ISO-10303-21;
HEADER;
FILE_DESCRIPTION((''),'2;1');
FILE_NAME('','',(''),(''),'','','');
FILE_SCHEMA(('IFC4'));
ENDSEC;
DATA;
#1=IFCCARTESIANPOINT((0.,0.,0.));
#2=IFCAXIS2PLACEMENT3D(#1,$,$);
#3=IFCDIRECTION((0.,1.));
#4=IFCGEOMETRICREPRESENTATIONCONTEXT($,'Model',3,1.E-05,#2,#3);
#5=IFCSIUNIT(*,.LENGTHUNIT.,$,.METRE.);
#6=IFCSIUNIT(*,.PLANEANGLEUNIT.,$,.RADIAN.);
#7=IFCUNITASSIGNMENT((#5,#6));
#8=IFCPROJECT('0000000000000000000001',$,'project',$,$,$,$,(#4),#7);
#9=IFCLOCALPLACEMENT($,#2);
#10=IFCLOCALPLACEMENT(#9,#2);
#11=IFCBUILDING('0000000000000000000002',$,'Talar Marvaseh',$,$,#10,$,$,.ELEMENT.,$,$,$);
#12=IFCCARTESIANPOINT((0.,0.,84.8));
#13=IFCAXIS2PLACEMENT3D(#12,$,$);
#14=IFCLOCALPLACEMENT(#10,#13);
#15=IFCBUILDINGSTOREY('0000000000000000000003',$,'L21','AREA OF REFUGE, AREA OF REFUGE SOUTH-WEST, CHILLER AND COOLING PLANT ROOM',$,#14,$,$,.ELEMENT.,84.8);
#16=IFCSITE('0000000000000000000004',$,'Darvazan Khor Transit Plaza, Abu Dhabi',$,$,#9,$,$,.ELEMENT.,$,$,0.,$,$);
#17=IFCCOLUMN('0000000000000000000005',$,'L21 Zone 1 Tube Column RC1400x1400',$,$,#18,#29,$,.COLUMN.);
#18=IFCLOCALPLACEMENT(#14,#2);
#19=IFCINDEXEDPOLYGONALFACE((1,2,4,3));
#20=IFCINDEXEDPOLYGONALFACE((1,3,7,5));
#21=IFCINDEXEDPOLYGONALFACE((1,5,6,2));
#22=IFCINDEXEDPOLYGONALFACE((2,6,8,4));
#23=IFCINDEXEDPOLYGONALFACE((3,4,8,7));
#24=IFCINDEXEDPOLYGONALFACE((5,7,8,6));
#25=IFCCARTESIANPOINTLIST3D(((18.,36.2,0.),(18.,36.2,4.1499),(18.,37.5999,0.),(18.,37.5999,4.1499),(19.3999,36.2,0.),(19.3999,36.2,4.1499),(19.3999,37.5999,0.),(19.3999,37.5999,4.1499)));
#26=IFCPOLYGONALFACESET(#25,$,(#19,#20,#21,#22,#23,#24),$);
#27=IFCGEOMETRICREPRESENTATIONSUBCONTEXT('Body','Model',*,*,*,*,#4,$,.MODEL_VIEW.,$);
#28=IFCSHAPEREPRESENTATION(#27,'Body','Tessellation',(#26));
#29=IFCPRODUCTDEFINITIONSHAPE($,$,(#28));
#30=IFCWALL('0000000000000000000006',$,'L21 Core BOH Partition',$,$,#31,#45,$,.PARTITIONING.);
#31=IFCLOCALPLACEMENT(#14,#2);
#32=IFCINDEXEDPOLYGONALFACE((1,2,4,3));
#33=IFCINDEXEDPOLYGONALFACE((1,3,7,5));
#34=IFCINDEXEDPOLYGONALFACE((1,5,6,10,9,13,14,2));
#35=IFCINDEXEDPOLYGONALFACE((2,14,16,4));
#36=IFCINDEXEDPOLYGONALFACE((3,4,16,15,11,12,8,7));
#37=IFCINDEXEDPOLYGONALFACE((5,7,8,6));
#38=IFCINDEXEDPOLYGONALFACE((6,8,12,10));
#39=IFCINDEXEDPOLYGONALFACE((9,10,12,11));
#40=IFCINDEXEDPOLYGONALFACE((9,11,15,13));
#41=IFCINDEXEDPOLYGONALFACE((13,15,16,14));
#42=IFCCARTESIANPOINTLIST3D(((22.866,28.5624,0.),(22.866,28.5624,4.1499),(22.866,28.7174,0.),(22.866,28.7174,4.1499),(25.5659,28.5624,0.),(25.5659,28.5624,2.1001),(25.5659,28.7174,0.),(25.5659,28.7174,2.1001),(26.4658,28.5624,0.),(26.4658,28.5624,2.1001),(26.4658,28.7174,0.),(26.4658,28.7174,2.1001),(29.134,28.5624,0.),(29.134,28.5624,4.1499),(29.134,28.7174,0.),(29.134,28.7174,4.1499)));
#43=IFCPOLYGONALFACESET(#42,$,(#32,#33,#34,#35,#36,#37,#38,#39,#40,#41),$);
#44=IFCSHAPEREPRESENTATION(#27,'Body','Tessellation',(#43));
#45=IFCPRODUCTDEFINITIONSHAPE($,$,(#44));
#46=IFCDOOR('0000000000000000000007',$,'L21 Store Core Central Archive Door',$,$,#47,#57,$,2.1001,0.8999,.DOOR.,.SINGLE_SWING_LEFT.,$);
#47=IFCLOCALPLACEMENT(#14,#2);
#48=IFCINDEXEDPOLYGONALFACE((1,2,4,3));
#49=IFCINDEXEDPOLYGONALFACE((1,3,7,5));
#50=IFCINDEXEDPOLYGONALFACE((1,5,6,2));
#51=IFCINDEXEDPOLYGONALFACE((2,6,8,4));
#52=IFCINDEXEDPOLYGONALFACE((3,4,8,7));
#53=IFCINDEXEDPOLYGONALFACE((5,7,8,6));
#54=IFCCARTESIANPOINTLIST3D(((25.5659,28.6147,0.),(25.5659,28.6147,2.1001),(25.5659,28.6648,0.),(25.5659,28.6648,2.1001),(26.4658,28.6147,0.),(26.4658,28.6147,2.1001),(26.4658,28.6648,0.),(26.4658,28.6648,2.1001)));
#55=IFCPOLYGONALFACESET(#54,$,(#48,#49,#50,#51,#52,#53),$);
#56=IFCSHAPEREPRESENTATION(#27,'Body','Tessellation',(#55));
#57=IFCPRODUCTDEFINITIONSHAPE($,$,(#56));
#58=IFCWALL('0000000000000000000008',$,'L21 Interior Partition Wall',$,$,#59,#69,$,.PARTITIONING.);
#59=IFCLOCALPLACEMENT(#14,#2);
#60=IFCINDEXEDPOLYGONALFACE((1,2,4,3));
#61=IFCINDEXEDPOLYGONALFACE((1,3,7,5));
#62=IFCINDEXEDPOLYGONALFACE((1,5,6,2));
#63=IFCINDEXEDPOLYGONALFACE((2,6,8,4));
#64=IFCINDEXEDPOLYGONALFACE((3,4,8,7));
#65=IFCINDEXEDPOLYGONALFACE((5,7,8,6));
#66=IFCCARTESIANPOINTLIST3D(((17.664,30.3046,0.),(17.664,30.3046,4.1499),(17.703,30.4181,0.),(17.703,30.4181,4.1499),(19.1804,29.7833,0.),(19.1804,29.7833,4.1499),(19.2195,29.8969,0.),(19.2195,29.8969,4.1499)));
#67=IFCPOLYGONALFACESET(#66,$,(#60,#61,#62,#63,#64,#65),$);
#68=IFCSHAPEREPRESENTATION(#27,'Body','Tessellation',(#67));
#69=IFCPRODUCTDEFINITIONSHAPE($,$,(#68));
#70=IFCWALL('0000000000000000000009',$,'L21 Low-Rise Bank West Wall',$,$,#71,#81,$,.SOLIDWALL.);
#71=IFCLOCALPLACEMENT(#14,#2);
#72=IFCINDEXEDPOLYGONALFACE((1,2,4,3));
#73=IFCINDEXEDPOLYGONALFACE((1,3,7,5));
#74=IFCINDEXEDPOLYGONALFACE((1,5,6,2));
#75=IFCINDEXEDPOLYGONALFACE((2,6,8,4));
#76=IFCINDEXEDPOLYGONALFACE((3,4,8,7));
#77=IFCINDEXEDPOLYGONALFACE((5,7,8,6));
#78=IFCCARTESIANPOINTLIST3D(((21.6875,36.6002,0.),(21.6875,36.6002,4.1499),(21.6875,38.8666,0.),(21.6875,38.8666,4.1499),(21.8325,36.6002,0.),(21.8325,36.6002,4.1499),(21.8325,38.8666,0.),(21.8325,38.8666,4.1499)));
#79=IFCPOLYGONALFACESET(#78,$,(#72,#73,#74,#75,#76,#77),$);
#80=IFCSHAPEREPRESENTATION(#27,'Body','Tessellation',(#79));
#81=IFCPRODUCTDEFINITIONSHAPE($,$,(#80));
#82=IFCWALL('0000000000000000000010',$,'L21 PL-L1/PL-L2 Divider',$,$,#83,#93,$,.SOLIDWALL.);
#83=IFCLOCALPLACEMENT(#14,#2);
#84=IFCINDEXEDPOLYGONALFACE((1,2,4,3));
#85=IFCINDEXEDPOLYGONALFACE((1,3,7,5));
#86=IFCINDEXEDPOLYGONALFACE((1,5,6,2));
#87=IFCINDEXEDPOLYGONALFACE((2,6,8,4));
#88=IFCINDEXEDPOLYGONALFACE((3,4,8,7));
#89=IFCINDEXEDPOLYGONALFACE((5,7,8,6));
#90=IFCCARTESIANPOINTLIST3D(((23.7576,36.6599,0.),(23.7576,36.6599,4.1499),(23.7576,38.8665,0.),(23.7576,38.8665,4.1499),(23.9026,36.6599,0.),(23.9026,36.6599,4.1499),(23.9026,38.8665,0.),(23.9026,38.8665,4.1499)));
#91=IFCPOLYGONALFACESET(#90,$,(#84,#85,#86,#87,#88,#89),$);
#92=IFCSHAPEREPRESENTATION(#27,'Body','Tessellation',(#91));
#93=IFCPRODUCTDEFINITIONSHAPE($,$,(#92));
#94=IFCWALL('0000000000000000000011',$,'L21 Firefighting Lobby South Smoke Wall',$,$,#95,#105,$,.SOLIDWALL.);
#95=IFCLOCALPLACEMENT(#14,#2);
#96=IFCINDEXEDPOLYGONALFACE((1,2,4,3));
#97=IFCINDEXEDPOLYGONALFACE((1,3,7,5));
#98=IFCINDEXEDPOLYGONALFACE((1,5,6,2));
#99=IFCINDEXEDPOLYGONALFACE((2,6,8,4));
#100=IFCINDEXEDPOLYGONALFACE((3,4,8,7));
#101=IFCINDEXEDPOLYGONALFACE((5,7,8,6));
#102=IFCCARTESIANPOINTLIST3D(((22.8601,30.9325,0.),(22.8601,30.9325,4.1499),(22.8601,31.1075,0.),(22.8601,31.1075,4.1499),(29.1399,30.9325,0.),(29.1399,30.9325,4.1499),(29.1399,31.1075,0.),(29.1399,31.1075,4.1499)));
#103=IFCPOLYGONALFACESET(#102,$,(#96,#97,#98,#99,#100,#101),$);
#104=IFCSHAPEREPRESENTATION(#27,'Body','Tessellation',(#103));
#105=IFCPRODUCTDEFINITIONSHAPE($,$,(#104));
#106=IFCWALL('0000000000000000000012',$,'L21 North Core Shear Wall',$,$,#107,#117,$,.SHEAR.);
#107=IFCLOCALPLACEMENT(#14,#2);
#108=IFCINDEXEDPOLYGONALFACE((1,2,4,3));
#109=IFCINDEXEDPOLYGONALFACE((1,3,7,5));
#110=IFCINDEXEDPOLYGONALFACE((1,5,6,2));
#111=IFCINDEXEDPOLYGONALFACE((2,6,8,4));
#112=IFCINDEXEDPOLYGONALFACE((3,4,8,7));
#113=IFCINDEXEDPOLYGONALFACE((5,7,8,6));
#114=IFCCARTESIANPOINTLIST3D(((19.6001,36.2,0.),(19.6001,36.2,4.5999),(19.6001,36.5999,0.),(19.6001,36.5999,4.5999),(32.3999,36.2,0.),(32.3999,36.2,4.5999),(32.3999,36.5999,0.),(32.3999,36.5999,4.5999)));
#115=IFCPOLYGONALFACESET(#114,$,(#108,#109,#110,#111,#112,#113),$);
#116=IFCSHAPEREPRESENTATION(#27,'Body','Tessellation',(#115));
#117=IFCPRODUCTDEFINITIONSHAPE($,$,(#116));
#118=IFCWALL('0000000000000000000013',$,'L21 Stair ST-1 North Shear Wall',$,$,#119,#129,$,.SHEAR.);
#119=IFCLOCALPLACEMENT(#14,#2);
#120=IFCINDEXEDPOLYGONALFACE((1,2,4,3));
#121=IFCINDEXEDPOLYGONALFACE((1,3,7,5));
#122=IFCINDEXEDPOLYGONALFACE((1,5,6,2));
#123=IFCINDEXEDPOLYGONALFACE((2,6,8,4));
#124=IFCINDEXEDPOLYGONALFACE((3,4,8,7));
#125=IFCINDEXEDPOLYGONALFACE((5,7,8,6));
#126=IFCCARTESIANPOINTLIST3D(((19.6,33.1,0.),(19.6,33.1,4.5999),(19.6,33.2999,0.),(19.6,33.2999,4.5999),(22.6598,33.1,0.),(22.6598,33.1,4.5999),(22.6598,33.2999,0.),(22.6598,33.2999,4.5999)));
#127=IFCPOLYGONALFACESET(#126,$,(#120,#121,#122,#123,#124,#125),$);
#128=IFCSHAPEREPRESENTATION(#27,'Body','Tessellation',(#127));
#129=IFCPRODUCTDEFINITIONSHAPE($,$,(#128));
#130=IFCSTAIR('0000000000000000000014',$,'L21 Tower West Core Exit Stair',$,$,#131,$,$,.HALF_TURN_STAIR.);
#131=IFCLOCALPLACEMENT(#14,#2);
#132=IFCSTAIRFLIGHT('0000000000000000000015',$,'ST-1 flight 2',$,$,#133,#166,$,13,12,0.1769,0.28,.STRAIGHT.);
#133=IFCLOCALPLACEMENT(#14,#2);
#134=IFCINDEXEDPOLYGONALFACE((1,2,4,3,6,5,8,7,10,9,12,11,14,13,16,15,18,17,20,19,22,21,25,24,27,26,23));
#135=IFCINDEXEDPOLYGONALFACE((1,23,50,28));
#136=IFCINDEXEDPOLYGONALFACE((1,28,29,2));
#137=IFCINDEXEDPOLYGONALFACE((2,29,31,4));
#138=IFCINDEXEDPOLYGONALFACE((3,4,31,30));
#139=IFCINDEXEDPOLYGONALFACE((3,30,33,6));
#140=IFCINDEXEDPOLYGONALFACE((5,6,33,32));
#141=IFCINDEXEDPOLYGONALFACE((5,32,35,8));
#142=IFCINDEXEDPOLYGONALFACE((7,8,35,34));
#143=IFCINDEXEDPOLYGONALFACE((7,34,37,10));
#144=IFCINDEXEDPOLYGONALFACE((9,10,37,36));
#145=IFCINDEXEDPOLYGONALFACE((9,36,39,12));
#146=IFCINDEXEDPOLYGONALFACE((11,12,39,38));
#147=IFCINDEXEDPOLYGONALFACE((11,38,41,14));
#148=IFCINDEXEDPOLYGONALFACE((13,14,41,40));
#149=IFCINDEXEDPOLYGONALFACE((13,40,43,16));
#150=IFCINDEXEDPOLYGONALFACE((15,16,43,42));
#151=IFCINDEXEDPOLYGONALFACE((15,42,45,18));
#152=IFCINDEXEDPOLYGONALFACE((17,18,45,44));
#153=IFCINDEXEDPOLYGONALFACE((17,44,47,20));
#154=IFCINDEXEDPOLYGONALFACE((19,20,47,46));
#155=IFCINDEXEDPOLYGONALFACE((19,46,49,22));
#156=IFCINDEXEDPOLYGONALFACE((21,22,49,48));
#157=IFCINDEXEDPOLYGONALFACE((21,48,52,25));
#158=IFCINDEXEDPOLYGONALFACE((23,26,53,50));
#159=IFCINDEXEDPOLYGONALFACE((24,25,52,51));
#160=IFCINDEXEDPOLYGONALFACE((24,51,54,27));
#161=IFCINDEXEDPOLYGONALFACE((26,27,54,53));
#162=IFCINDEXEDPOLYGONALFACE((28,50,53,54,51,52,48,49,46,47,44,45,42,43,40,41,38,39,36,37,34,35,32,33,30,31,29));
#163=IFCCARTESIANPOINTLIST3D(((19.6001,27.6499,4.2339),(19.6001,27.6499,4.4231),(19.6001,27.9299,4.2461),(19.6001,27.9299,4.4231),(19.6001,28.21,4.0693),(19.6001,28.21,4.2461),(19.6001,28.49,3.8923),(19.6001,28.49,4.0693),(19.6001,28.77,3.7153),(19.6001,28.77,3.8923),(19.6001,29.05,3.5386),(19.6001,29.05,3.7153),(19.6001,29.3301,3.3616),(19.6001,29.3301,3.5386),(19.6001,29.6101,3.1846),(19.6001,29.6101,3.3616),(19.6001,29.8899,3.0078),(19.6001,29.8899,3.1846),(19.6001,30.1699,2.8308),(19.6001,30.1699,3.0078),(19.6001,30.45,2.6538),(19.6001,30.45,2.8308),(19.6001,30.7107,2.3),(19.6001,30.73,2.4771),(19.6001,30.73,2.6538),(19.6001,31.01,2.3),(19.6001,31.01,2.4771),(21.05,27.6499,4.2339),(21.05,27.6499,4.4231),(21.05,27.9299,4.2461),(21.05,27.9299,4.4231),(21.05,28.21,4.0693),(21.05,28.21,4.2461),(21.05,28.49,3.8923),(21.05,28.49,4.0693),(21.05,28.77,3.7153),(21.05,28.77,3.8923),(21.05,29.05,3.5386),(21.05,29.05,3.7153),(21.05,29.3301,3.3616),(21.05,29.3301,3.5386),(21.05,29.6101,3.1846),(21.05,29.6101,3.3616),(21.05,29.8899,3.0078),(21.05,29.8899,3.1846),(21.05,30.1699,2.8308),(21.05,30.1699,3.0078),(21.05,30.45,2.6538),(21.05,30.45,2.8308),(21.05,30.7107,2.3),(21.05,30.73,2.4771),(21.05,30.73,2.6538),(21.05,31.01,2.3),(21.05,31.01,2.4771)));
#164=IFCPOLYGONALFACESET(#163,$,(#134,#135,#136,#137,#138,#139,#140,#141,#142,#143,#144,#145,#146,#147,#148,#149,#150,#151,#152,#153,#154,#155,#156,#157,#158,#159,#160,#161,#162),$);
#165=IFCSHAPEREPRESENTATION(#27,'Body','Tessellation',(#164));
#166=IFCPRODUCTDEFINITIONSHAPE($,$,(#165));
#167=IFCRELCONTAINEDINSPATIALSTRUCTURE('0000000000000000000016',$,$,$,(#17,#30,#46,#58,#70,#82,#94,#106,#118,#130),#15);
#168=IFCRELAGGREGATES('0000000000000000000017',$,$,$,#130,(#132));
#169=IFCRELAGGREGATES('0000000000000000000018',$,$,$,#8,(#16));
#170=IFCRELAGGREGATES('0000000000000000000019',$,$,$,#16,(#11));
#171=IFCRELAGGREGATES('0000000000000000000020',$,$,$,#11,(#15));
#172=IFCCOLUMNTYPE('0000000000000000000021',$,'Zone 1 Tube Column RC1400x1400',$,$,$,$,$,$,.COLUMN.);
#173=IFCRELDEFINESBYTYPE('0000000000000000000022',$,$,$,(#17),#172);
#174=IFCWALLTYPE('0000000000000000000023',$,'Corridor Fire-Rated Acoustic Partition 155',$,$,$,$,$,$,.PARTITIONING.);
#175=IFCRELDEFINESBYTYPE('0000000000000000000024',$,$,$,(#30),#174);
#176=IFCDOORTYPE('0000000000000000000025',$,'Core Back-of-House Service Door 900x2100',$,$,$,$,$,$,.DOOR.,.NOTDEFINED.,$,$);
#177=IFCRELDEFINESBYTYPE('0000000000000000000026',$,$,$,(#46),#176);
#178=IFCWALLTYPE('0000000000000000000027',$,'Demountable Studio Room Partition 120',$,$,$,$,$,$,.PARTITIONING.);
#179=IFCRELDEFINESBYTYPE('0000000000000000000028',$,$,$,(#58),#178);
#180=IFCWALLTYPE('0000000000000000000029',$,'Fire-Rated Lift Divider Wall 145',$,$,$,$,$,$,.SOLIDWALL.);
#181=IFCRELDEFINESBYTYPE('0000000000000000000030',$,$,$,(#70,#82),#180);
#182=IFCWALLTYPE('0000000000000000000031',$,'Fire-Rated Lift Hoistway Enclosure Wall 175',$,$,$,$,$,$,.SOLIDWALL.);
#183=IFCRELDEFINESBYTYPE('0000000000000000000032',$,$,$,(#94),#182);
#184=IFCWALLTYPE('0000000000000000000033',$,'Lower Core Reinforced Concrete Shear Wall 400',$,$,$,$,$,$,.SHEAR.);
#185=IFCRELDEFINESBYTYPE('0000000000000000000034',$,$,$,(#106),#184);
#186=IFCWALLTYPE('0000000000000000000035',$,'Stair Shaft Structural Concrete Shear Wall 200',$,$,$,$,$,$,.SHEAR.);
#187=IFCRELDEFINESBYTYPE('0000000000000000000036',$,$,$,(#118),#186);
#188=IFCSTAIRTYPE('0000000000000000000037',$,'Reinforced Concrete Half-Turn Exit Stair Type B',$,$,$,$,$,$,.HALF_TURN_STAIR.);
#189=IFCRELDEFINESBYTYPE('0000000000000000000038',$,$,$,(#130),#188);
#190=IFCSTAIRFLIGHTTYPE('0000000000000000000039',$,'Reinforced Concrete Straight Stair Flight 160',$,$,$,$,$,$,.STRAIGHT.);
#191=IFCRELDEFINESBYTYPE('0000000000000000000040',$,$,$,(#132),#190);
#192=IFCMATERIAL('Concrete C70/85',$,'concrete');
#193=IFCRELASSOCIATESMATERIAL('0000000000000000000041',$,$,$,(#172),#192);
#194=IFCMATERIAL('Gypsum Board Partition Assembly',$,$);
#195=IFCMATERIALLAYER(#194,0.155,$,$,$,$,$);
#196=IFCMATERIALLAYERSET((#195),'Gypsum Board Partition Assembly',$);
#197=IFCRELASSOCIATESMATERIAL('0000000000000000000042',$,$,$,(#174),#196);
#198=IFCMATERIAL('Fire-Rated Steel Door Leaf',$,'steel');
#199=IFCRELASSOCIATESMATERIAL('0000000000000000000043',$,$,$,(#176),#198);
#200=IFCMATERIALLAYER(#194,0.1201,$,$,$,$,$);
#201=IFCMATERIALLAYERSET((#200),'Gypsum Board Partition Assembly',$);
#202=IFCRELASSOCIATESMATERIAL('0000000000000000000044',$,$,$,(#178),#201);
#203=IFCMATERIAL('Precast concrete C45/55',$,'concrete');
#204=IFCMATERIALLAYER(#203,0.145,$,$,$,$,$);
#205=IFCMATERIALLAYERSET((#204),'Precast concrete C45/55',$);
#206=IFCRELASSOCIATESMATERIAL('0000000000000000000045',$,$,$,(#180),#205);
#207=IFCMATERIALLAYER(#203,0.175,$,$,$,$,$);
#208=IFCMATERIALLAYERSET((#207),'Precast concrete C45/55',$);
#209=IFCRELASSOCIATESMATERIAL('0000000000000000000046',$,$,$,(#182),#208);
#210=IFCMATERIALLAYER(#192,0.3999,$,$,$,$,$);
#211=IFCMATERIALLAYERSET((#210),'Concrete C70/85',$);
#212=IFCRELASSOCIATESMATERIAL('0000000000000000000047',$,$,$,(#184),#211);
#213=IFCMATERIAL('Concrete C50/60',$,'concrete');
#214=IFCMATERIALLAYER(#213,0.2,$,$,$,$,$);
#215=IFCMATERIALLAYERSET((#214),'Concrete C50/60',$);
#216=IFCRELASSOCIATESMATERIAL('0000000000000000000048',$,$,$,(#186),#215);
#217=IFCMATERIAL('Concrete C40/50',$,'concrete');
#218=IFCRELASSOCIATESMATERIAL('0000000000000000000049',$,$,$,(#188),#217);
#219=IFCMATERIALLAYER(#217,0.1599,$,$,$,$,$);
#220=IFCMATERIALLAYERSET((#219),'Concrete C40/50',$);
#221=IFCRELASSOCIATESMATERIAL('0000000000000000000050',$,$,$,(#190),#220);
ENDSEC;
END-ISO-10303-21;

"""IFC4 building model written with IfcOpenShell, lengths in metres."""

from ifc_helpers import new_model, si_unit, direction, frame, frame_2d, origin, origin_2d, place, context, subcontext, project, spatial, polyline, rectangle, outline, extrude, source, transform, mapped, material, layer, layer_set, material_profile, profile_set, type_object, type_shapes, element, fill, aggregate, save


model = new_model("IFC4")

# Units and contexts
model_context = context("Model", 3, precision=1e-05, world=origin(), true_north=direction((0.0, 1.0)))
body_context = subcontext(model_context, "Body", "Model", "MODEL_VIEW")
ifc_project = project(units=[si_unit("LENGTHUNIT", "METRE"), si_unit("PLANEANGLEUNIT", "RADIAN")], contexts=[model_context])

# Site, building, storey
site_placement = place(None, origin())
site = spatial("IfcSite", under=ifc_project, at=site_placement, Name="Darvazan Khor Transit Plaza, Abu Dhabi", CompositionType="ELEMENT", RefElevation=0.0)
building_placement = place(site_placement, origin())
building = spatial("IfcBuilding", under=site, at=building_placement, Name="Talar Marvaseh", CompositionType="ELEMENT")
storey_placement = place(building_placement, frame((0.0, 0.0, 84.8)))
storey = spatial("IfcBuildingStorey", under=building, at=storey_placement, Name="L21", Description="AREA OF REFUGE, AREA OF REFUGE SOUTH-WEST, CHILLER AND COOLING PLANT ROOM", CompositionType="ELEMENT", Elevation=84.8)

# Column
ifc_material_1 = material(Name="Concrete C70/85", Category="concrete")
ifc_material_profile = material_profile(ifc_material_1, rectangle(XDim=1.3999, YDim=1.3999, at=origin_2d()), Name="RC1400x1400")
ifc_profile_set = profile_set([ifc_material_profile], Name="Concrete C70/85")
column_type = type_object("IfcColumnType", Name="Zone 1 Tube Column RC1400x1400", PredefinedType="COLUMN", material=ifc_profile_set)
column_placement = place(storey_placement, frame((18.7, 36.8999, 0.0), z_axis=(0.0, 0.0, 1.0), x_axis=(1.0, 0.0, 0.0)))
element("IfcColumn", 1, at=column_placement, inside=storey, type_object=column_type, Name="L21 Zone 1 Tube Column RC1400x1400", PredefinedType="COLUMN", context=body_context, shape_type="SweptSolid", body=[
    extrude(rectangle(XDim=1.3999, YDim=1.3999, at=origin_2d()), origin(), (0.0, 0.0, 1.0), 4.1499),
])

# Wall, opening, door
ifc_material_2 = material(Name="Gypsum Board Partition Assembly")
ifc_layer_1 = layer(ifc_material_2, 0.155)
ifc_layer_set_1 = layer_set([ifc_layer_1], Name="Gypsum Board Partition Assembly")
wall_type_1 = type_object("IfcWallType", Name="Corridor Fire-Rated Acoustic Partition 155", PredefinedType="PARTITIONING", material=ifc_layer_set_1)
wall_1_placement = place(storey_placement, frame((22.866, 28.6399, 0.0), z_axis=(0.0, 0.0, 1.0), x_axis=(1.0, 0.0, 0.0)))
wall_1 = element("IfcWall", 2, at=wall_1_placement, inside=storey, type_object=wall_type_1, Name="L21 Core BOH Partition", PredefinedType="PARTITIONING", context=body_context, shape_type="SweptSolid", body=[
    extrude(rectangle(XDim=6.2681, YDim=0.155, at=frame_2d((3.134, 0.0))), origin(), (0.0, 0.0, 1.0), 4.1499),
])
opening_1_placement = place(wall_1_placement, frame((2.7, 0.0, 0.0)))
opening_1 = element("IfcOpeningElement", 3, at=opening_1_placement, cuts=wall_1, PredefinedType="OPENING", context=body_context, shape_type="SweptSolid", body=[
    extrude(rectangle(XDim=0.8999, YDim=2.1001, at=frame_2d((0.45, 1.05))), frame((0.0, 0.0874, 0.0), z_axis=(0.0, -1.0, 0.0), x_axis=(1.0, 0.0, 0.0)), (0.0, 0.0, 1.0), 0.175),
])
ifc_material_3 = material(Name="Fire-Rated Steel Door Leaf", Category="steel")
door_type_1 = type_object("IfcDoorType", Name="Core Back-of-House Service Door 900x2100", OperationType="NOTDEFINED", PredefinedType="DOOR", material=ifc_material_3)
shared_shape_1 = source(origin(), body_context, "Body", "SweptSolid", [
    extrude(rectangle(XDim=0.8999, YDim=2.1001, at=frame_2d((0.45, 1.05))), frame((0.0, 0.0249, 0.0), z_axis=(0.0, -1.0, 0.0), x_axis=(1.0, 0.0, 0.0)), (0.0, 0.0, 1.0), 0.05),
])
type_shapes(door_type_1, [shared_shape_1])
door_1_placement = place(opening_1_placement, origin())
door_1 = element("IfcDoor", 4, at=door_1_placement, inside=storey, type_object=door_type_1, Name="L21 Store Core Central Archive Door", OperationType="SINGLE_SWING_LEFT", OverallHeight=2.1001, OverallWidth=0.8999, PredefinedType="DOOR", context=body_context, shape_type="MappedRepresentation", body=[
    mapped(shared_shape_1, transform((0.0, 0.0, 0.0), x_axis=(1.0, 0.0, 0.0), y_axis=(0.0, 1.0, 0.0), z_axis=(0.0, 0.0, 1.0), scale=1.0)),
])
fill(opening_1, door_1)

# Walls
ifc_layer_2 = layer(ifc_material_2, 0.1201)
ifc_layer_set_2 = layer_set([ifc_layer_2], Name="Gypsum Board Partition Assembly")
wall_type_2 = type_object("IfcWallType", Name="Demountable Studio Room Partition 120", PredefinedType="PARTITIONING", material=ifc_layer_set_2)
wall_2_placement = place(storey_placement, frame((19.2, 29.8401, 0.0), z_axis=(0.0, 0.0, 1.0), x_axis=(-0.945688, 0.325076, 0.0)))
element("IfcWall", 5, at=wall_2_placement, inside=storey, type_object=wall_type_2, Name="L21 Interior Partition Wall", PredefinedType="PARTITIONING", context=body_context, shape_type="SweptSolid", body=[
    extrude(rectangle(XDim=1.6035, YDim=0.1201, at=frame_2d((0.8018, 0.0))), origin(), (0.0, 0.0, 1.0), 4.1499),
])
ifc_material_4 = material(Name="Precast concrete C45/55", Category="concrete")
ifc_layer_3 = layer(ifc_material_4, 0.145)
ifc_layer_set_3 = layer_set([ifc_layer_3], Name="Precast concrete C45/55")
wall_type_3 = type_object("IfcWallType", Name="Fire-Rated Lift Divider Wall 145", PredefinedType="SOLIDWALL", material=ifc_layer_set_3)
wall_3_placement = place(storey_placement, frame((21.76, 36.6001, 0.0), z_axis=(0.0, 0.0, 1.0), x_axis=(0.0, 1.0, 0.0)))
element("IfcWall", 6, at=wall_3_placement, inside=storey, type_object=wall_type_3, Name="L21 Low-Rise Bank West Wall", PredefinedType="SOLIDWALL", context=body_context, shape_type="SweptSolid", body=[
    extrude(rectangle(XDim=2.2664, YDim=0.145, at=frame_2d((1.1333, 0.0))), origin(), (0.0, 0.0, 1.0), 4.1499),
])
wall_4_placement = place(storey_placement, frame((23.8301, 36.6599, 0.0), z_axis=(0.0, 0.0, 1.0), x_axis=(0.0, 1.0, 0.0)))
element("IfcWall", 7, at=wall_4_placement, inside=storey, type_object=wall_type_3, Name="L21 PL-L1/PL-L2 Divider", PredefinedType="SOLIDWALL", context=body_context, shape_type="SweptSolid", body=[
    extrude(rectangle(XDim=2.2065, YDim=0.145, at=frame_2d((1.1033, 0.0))), origin(), (0.0, 0.0, 1.0), 4.1499),
])

# Shared definitions
ifc_layer_4 = layer(ifc_material_4, 0.175)
ifc_layer_set_4 = layer_set([ifc_layer_4], Name="Precast concrete C45/55")
wall_type_4 = type_object("IfcWallType", Name="Fire-Rated Lift Hoistway Enclosure Wall 175", PredefinedType="SOLIDWALL", material=ifc_layer_set_4)

# Walls
wall_5_placement = place(storey_placement, frame((22.8601, 31.02, 0.0), z_axis=(0.0, 0.0, 1.0), x_axis=(1.0, 0.0, 0.0)))
element("IfcWall", 8, at=wall_5_placement, inside=storey, type_object=wall_type_4, Name="L21 Firefighting Lobby South Smoke Wall", PredefinedType="SOLIDWALL", context=body_context, shape_type="SweptSolid", body=[
    extrude(rectangle(XDim=6.2798, YDim=0.175, at=frame_2d((3.1399, 0.0))), origin(), (0.0, 0.0, 1.0), 4.1499),
])
ifc_layer_5 = layer(ifc_material_1, 0.3999)
ifc_layer_set_5 = layer_set([ifc_layer_5], Name="Concrete C70/85")
wall_type_5 = type_object("IfcWallType", Name="Lower Core Reinforced Concrete Shear Wall 400", PredefinedType="SHEAR", material=ifc_layer_set_5)
wall_6_placement = place(storey_placement, frame((19.6001, 36.3999, 0.0), z_axis=(0.0, 0.0, 1.0), x_axis=(1.0, 0.0, 0.0)))
element("IfcWall", 9, at=wall_6_placement, inside=storey, type_object=wall_type_5, Name="L21 North Core Shear Wall", PredefinedType="SHEAR", context=body_context, shape_type="SweptSolid", body=[
    extrude(rectangle(XDim=12.7998, YDim=0.3999, at=frame_2d((6.3999, 0.0))), origin(), (0.0, 0.0, 1.0), 4.5999),
])
ifc_material_5 = material(Name="Concrete C50/60", Category="concrete")
ifc_layer_6 = layer(ifc_material_5, 0.2)
ifc_layer_set_6 = layer_set([ifc_layer_6], Name="Concrete C50/60")
wall_type_6 = type_object("IfcWallType", Name="Stair Shaft Structural Concrete Shear Wall 200", PredefinedType="SHEAR", material=ifc_layer_set_6)
wall_7_placement = place(storey_placement, frame((19.6001, 33.2, 0.0), z_axis=(0.0, 0.0, 1.0), x_axis=(1.0, 0.0, 0.0)))
element("IfcWall", 10, at=wall_7_placement, inside=storey, type_object=wall_type_6, Name="L21 Stair ST-1 North Shear Wall", PredefinedType="SHEAR", context=body_context, shape_type="SweptSolid", body=[
    extrude(rectangle(XDim=3.0598, YDim=0.2, at=frame_2d((1.5298, 0.0))), origin(), (0.0, 0.0, 1.0), 4.5999),
])

# Stair, stair flight
ifc_material_6 = material(Name="Concrete C40/50", Category="concrete")
stair_type = type_object("IfcStairType", Name="Reinforced Concrete Half-Turn Exit Stair Type B", PredefinedType="HALF_TURN_STAIR", material=ifc_material_6)
stair_placement = place(storey_placement, origin())
stair = element("IfcStair", 11, at=stair_placement, inside=storey, type_object=stair_type, Name="L21 Tower West Core Exit Stair", PredefinedType="HALF_TURN_STAIR")
ifc_layer_7 = layer(ifc_material_6, 0.1599)
ifc_layer_set_7 = layer_set([ifc_layer_7], Name="Concrete C40/50")
stair_flight_type = type_object("IfcStairFlightType", Name="Reinforced Concrete Straight Stair Flight 160", PredefinedType="STRAIGHT", material=ifc_layer_set_7)
stair_flight_placement = place(storey_placement, frame((20.325, 31.01, 2.3), z_axis=(0.0, 0.0, 1.0), x_axis=(0.0, -1.0, 0.0)))
stair_flight = element("IfcStairFlight", 12, at=stair_flight_placement, type_object=stair_flight_type, Name="ST-1 flight 2", NumberOfRisers=13, NumberOfTreads=12, PredefinedType="STRAIGHT", RiserHeight=0.1769, TreadLength=0.28, context=body_context, shape_type="SweptSolid", body=[
    extrude(outline(polyline([(0.0, 0.0), (0.0, 0.177), (0.28, 0.177), (0.28, 0.3538), (0.5601, 0.3538), (0.5601, 0.5308), (0.8401, 0.5308), (0.8401, 0.7078), (1.1201, 0.7078), (1.1201, 0.8845), (1.3999, 0.8845), (1.3999, 1.0615), (1.6799, 1.0615), (1.6799, 1.2385), (1.96, 1.2385), (1.96, 1.4153), (2.24, 1.4153), (2.24, 1.5923), (2.52, 1.5923), (2.52, 1.7693), (2.8, 1.7693), (2.8, 1.946), (3.0801, 1.946), (3.0801, 2.123), (3.3601, 2.123), (3.3601, 2.3), (3.3601, 1.9338), (0.2993, 0.0), (0.0, 0.0)])), frame((0.0, 0.7251, 0.0), z_axis=(0.0, -1.0, 0.0), x_axis=(1.0, 0.0, 0.0)), (0.0, 0.0, 1.0), 1.45),
])
aggregate(stair, [stair_flight])

save(model, "model.ifc")
